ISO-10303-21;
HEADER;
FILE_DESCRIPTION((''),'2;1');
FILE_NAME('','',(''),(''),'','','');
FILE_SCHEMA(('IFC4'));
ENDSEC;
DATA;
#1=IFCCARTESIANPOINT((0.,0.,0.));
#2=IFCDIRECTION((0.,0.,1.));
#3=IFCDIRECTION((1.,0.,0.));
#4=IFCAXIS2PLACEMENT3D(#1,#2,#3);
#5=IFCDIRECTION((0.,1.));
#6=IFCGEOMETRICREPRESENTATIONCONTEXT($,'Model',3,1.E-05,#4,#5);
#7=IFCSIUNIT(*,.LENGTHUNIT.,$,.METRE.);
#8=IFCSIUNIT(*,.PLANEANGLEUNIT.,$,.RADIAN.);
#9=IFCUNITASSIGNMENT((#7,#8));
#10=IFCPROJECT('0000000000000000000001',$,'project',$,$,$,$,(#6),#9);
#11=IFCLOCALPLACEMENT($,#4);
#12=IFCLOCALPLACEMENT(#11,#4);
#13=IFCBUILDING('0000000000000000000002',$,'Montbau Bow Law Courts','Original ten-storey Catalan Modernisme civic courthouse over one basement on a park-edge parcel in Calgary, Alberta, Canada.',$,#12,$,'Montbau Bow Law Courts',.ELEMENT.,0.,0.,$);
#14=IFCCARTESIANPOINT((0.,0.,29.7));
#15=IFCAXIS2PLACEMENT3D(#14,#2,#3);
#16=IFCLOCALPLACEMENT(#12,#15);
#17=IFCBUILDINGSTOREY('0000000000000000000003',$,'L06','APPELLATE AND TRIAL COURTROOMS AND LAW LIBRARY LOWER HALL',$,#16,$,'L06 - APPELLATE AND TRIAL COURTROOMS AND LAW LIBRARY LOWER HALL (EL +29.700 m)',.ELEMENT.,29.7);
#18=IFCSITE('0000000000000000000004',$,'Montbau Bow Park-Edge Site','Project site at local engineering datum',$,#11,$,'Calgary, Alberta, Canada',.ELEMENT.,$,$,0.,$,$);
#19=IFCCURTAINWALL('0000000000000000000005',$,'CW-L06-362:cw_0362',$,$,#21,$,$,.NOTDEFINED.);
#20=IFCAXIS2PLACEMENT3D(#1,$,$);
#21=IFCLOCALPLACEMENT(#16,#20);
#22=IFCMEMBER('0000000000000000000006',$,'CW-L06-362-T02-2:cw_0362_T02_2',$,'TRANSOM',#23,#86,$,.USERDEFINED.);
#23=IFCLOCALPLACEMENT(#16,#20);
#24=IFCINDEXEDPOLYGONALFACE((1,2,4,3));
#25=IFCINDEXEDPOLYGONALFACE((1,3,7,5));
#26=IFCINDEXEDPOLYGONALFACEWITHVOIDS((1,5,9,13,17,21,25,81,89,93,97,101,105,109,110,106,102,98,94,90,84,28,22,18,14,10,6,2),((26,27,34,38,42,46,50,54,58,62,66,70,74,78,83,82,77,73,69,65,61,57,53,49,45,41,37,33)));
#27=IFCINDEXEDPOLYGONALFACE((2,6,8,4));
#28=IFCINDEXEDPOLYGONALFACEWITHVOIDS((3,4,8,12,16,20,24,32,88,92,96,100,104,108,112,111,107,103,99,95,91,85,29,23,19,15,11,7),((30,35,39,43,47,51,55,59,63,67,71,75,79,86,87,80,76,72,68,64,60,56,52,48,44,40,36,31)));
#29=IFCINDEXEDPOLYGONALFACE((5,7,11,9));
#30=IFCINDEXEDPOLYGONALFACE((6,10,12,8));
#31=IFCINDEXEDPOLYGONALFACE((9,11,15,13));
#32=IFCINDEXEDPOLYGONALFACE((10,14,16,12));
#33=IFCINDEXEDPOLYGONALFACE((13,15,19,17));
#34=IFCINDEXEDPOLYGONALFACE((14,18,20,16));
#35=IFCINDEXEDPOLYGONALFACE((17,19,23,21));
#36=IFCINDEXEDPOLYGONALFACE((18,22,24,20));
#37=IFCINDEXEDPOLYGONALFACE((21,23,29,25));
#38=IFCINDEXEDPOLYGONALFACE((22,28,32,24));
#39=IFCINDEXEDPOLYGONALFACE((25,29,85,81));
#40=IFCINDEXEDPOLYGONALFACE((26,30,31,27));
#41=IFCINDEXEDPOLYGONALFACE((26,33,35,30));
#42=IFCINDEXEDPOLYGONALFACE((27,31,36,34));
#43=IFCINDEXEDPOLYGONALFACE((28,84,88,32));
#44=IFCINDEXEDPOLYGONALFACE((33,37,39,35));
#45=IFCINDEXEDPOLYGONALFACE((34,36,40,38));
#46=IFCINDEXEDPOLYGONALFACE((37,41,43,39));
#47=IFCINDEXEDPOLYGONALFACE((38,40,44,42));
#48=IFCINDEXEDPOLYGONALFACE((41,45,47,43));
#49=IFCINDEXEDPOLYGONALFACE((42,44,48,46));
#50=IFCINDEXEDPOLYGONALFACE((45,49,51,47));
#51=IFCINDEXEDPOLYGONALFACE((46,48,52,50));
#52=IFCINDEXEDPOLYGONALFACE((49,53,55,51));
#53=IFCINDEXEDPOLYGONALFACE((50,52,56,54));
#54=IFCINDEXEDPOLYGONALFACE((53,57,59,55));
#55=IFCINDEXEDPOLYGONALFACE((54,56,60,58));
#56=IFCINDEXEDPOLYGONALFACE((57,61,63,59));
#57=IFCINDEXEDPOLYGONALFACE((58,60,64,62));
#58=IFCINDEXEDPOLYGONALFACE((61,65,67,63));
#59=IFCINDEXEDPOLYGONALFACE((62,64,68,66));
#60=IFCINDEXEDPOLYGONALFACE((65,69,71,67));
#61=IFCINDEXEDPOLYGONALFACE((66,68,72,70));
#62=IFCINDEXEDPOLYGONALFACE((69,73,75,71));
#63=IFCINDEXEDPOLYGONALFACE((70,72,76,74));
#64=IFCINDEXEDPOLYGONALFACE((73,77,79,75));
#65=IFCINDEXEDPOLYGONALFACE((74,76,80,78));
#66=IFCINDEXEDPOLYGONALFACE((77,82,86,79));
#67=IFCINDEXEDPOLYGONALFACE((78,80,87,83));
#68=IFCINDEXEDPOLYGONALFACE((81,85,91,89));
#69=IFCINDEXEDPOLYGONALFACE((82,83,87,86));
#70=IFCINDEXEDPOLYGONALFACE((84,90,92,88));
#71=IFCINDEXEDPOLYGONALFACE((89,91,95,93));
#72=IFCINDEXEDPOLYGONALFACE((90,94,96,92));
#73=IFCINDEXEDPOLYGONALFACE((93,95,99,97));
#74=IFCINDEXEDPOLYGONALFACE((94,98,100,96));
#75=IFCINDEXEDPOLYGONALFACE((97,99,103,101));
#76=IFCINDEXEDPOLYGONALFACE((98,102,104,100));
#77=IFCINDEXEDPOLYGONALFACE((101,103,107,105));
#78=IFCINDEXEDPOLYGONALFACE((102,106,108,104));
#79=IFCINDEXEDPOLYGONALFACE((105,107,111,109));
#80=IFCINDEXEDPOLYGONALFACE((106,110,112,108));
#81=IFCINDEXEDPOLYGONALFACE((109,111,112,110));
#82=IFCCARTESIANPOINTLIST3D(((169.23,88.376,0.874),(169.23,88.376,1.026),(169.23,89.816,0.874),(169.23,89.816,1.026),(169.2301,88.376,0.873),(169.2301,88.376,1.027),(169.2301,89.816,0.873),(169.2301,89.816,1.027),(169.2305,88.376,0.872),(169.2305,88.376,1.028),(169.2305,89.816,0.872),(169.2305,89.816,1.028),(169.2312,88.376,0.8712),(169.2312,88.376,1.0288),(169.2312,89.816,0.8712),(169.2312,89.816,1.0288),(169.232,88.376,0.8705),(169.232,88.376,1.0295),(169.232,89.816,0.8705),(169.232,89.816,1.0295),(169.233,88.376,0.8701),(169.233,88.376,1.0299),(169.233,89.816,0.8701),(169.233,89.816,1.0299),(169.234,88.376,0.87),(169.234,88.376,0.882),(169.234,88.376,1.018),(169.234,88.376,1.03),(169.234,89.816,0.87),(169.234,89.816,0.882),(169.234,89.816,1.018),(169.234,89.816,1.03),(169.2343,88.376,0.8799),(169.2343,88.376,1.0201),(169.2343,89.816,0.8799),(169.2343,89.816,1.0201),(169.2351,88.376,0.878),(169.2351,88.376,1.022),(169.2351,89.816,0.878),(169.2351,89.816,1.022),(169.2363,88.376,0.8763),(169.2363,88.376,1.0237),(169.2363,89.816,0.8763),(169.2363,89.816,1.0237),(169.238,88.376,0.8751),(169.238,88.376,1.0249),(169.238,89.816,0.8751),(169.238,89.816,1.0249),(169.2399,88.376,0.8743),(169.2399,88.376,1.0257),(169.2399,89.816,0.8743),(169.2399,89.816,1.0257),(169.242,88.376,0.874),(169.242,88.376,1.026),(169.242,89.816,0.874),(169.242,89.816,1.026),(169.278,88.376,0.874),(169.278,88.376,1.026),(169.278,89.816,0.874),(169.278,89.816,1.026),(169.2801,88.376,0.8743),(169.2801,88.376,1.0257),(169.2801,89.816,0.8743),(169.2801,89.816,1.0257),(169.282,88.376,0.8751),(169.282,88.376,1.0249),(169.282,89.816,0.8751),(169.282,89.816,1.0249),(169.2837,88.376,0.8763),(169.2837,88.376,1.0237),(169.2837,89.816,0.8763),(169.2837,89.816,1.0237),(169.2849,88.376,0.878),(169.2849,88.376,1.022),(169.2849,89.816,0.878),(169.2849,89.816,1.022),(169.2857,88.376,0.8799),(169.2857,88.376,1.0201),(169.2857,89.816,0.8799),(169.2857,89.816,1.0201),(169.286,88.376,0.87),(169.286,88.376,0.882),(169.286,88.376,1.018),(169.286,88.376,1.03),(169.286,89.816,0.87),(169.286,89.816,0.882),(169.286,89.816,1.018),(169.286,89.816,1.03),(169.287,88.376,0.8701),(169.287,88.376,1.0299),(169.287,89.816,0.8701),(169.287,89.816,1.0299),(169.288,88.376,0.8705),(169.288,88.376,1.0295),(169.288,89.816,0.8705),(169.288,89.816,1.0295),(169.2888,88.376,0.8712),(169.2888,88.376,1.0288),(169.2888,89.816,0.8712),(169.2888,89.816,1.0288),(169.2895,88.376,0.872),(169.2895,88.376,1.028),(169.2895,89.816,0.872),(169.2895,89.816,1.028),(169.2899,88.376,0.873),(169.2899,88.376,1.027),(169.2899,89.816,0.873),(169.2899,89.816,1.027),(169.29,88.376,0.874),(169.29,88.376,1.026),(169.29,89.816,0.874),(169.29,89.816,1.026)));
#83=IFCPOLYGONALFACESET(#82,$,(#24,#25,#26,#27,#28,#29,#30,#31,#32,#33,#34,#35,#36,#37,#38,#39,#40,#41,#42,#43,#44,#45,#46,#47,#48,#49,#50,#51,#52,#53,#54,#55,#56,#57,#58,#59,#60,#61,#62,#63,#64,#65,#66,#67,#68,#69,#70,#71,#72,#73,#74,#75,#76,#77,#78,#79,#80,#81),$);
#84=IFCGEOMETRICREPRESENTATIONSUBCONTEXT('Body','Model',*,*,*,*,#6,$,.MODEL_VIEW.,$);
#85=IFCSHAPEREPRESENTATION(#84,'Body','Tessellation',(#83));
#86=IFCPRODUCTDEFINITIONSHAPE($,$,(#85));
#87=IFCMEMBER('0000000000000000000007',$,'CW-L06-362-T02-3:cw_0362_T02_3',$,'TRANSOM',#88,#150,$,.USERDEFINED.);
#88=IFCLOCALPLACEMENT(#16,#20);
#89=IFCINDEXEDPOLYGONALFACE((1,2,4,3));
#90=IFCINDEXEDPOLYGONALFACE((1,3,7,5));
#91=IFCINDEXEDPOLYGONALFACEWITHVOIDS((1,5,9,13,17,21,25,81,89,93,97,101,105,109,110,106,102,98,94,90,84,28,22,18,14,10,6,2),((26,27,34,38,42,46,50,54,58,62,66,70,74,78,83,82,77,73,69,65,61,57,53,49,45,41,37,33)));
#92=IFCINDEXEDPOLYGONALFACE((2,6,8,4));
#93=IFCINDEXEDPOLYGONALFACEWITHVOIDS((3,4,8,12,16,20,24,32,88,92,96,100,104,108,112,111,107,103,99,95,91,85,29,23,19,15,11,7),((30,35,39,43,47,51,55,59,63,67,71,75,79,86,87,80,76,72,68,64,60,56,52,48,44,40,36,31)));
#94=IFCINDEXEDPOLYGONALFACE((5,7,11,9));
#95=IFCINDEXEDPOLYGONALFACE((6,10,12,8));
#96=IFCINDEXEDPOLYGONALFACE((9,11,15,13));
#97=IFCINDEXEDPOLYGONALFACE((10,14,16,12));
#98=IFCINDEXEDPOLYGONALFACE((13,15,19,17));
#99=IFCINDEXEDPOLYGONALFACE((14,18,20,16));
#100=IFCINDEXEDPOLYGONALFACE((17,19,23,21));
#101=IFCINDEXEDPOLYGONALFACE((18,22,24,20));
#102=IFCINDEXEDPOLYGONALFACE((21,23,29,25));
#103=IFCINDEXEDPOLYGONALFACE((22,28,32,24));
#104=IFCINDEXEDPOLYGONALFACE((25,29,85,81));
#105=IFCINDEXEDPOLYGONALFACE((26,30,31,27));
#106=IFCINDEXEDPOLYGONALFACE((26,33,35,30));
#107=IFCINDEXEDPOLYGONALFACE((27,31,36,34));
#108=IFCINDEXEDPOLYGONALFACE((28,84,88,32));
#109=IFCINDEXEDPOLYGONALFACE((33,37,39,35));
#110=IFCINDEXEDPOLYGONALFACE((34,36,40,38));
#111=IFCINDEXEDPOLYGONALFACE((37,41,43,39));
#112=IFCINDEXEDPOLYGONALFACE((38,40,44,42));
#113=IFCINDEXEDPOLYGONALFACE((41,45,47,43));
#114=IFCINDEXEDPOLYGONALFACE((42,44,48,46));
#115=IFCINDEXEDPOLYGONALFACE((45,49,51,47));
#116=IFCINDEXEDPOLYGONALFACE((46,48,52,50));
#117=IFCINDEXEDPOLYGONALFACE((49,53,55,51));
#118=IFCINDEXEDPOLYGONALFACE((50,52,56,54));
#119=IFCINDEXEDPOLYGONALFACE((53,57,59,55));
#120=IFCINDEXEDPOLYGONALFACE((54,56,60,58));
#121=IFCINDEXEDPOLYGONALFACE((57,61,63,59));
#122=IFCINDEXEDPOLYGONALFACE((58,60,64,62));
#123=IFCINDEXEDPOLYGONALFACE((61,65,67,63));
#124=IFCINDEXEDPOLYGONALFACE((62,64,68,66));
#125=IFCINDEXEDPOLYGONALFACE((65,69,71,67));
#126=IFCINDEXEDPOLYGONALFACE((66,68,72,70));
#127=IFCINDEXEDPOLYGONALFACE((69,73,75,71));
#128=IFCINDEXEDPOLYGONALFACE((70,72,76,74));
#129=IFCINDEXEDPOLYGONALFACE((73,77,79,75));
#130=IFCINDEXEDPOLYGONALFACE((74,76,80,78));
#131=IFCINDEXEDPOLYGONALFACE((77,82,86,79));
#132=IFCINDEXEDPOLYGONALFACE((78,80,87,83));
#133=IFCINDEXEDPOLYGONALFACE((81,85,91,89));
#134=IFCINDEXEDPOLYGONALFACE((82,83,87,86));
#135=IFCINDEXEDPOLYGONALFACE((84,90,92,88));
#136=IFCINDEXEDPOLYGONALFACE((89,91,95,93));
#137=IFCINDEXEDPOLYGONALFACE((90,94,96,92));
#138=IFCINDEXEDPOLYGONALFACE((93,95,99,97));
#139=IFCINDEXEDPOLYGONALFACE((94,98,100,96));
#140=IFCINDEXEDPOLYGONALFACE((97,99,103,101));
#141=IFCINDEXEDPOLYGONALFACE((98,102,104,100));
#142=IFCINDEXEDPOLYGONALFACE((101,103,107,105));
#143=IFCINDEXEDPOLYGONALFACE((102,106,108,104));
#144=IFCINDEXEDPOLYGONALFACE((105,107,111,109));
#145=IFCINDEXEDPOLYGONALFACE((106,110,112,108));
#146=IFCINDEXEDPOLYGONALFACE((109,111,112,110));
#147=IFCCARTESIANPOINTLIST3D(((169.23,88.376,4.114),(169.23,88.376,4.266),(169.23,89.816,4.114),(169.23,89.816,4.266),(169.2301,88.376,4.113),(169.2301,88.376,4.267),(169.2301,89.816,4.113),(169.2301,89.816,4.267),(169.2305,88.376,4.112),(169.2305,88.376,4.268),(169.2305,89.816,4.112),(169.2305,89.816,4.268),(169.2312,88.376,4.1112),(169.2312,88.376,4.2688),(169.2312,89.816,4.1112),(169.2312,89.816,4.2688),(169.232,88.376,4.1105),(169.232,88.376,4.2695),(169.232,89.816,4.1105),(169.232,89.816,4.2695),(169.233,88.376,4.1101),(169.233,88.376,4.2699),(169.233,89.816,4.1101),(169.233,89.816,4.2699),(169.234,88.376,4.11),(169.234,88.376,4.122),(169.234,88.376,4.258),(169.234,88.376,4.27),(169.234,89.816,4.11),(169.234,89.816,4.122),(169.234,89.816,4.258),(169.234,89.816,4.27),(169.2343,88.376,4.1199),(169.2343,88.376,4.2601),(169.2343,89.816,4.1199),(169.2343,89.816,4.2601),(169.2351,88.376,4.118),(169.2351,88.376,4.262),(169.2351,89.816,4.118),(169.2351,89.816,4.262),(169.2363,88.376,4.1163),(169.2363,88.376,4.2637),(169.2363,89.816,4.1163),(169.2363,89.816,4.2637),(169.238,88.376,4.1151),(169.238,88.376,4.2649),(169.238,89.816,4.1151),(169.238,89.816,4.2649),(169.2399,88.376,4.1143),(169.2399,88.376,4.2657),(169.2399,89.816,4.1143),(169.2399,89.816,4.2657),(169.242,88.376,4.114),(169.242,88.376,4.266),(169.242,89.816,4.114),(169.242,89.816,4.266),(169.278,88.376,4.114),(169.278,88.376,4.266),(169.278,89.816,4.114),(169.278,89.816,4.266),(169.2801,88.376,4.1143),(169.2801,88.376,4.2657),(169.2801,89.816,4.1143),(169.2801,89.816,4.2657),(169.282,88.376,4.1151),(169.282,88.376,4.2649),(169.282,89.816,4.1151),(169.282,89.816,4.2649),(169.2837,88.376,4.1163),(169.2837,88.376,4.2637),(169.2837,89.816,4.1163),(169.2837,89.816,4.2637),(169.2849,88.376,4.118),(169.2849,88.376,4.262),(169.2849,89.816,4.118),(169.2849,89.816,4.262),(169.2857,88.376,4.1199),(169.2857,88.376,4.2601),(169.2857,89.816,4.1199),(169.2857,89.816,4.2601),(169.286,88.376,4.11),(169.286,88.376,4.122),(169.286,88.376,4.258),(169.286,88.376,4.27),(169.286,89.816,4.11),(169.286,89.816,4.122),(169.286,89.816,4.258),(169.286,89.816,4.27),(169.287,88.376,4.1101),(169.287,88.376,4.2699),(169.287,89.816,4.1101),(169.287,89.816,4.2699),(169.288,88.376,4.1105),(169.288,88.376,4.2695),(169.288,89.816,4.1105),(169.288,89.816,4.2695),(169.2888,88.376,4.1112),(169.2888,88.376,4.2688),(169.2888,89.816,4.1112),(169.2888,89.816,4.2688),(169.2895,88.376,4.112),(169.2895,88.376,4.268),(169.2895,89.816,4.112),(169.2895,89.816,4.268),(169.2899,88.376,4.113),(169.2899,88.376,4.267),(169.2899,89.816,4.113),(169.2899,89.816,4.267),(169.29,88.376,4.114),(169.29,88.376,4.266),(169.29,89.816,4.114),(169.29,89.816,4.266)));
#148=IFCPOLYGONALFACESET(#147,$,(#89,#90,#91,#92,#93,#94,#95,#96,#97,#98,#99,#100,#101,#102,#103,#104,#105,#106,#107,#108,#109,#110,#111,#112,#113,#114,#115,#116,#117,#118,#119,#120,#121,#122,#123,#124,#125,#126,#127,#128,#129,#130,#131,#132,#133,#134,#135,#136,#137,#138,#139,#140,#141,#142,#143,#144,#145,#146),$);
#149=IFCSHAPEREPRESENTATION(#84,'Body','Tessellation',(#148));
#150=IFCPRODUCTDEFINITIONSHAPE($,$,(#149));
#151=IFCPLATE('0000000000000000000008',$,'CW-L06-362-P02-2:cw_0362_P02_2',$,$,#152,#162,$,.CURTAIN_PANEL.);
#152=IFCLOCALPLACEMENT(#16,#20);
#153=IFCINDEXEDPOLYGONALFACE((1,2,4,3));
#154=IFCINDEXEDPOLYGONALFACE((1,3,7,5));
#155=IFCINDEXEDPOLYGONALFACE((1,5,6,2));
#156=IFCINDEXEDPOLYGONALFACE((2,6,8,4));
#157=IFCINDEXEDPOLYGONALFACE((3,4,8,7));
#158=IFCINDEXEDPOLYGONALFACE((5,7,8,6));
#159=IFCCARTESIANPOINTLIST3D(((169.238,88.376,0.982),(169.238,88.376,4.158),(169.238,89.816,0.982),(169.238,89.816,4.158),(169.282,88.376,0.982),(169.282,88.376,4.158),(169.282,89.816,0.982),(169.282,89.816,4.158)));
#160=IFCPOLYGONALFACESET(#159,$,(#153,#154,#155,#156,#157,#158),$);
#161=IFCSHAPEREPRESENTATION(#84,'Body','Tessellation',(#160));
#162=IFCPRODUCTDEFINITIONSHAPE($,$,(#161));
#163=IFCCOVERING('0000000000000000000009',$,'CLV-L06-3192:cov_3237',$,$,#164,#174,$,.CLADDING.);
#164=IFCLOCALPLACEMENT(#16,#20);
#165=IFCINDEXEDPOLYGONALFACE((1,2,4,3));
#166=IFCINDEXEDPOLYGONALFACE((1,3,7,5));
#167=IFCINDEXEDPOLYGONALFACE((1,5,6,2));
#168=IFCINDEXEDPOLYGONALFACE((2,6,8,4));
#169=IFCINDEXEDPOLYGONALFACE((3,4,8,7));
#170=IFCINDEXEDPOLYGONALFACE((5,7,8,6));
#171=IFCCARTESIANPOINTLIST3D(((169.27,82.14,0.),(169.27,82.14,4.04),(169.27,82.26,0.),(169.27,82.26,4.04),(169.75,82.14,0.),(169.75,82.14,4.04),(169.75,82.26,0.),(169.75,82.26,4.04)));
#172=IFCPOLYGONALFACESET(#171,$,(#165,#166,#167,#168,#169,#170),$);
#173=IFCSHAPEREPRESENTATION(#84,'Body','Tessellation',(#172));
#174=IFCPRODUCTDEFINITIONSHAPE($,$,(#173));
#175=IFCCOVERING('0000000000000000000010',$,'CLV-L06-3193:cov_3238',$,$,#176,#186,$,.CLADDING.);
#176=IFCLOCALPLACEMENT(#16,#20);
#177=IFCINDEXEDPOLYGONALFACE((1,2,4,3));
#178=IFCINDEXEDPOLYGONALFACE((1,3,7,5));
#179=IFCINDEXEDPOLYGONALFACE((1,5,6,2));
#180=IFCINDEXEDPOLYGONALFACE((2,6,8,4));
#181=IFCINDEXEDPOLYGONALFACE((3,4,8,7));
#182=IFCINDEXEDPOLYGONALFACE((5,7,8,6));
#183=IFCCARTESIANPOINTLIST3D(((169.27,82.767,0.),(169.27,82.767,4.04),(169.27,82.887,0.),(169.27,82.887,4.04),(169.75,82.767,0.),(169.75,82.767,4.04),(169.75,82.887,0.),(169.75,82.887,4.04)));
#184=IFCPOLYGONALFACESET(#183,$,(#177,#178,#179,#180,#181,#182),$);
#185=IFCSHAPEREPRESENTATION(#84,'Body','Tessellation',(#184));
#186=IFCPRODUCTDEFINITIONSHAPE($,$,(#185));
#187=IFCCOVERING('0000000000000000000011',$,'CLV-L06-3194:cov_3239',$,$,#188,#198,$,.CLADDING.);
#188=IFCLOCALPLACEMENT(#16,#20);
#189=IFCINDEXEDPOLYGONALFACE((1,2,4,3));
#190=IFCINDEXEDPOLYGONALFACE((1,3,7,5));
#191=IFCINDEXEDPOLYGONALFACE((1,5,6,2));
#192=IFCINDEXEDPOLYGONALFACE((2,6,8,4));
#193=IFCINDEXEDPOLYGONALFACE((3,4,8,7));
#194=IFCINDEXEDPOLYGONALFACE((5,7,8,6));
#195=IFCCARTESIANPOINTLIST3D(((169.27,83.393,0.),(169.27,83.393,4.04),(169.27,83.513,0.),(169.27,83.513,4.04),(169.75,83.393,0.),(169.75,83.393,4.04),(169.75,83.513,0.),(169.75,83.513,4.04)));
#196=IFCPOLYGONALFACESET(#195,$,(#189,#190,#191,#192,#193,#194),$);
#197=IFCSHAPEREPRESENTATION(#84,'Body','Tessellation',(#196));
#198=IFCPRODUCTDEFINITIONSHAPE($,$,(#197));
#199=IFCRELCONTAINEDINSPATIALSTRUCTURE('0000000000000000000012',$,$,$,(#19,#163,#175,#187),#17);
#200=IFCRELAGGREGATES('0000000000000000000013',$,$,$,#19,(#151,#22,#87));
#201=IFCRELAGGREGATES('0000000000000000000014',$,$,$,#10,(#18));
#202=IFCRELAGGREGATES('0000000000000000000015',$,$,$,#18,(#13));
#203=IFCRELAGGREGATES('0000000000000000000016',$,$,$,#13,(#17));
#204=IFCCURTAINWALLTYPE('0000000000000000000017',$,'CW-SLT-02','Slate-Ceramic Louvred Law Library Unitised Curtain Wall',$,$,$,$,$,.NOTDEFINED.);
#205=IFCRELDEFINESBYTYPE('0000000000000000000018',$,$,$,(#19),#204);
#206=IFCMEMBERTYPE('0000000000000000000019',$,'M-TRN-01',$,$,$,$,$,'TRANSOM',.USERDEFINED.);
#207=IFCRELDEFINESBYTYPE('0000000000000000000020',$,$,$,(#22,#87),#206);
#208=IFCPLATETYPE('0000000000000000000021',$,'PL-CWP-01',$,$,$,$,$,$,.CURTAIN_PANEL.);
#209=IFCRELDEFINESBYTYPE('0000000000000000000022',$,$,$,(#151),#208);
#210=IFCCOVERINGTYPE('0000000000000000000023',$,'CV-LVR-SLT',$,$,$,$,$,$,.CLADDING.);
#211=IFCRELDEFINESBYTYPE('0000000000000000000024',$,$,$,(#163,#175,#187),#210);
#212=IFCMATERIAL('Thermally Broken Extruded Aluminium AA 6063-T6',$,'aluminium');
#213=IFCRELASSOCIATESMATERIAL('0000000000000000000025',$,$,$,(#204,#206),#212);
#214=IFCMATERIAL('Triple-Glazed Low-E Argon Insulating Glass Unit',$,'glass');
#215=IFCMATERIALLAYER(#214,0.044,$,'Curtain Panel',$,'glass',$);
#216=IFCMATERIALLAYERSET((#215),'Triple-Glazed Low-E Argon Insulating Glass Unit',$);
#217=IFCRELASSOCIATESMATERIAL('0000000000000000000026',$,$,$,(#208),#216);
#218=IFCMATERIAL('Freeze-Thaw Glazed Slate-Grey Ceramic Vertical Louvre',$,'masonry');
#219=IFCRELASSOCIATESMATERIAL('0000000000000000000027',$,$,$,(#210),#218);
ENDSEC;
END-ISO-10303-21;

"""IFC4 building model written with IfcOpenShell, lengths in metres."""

from ifc_helpers import new_model, si_unit, direction, frame, frame_2d, origin_with_axes, origin_2d_with_axis, place, context, subcontext, project, spatial, rectangle, hollow_rectangle, extrude, material, layer, layer_set, material_profile, profile_set, type_object, element, aggregate, save


model = new_model("IFC4")

# Units and contexts
model_context = context("Model", 3, precision=1e-05, world=origin_with_axes(), true_north=direction((0.0, 1.0)))
body_context = subcontext(model_context, "Body", "Model", "MODEL_VIEW")
ifc_project = project(units=[si_unit("LENGTHUNIT", "METRE"), si_unit("PLANEANGLEUNIT", "RADIAN")], contexts=[model_context])

# Site, building, storey
site_placement = place(None, origin_with_axes())
site = spatial("IfcSite", under=ifc_project, at=site_placement, Name="Montbau Bow Park-Edge Site", Description="Project site at local engineering datum", LongName="Calgary, Alberta, Canada", CompositionType="ELEMENT", RefElevation=0.0)
building_placement = place(site_placement, origin_with_axes())
building = spatial("IfcBuilding", under=site, at=building_placement, Name="Montbau Bow Law Courts", Description="Original ten-storey Catalan Modernisme civic courthouse over one basement on a park-edge parcel in Calgary, Alberta, Canada.", LongName="Montbau Bow Law Courts", CompositionType="ELEMENT", ElevationOfRefHeight=0.0, ElevationOfTerrain=0.0)
storey_placement = place(building_placement, frame((0.0, 0.0, 29.7), z_axis=(0.0, 0.0, 1.0), x_axis=(1.0, 0.0, 0.0)))
storey = spatial("IfcBuildingStorey", under=building, at=storey_placement, Name="L06", Description="APPELLATE AND TRIAL COURTROOMS AND LAW LIBRARY LOWER HALL", LongName="L06 - APPELLATE AND TRIAL COURTROOMS AND LAW LIBRARY LOWER HALL (EL +29.700 m)", CompositionType="ELEMENT", Elevation=29.7)

# Curtain wall, members, plate
ifc_material_1 = material(Name="Thermally Broken Extruded Aluminium AA 6063-T6", Category="aluminium")
curtain_wall_type = type_object("IfcCurtainWallType", Name="CW-SLT-02", Description="Slate-Ceramic Louvred Law Library Unitised Curtain Wall", PredefinedType="NOTDEFINED", material=ifc_material_1)
curtain_wall_placement = place(None, frame((169.26, 86.84, 29.7), z_axis=(0.0, 0.0, 1.0), x_axis=(1.0, 0.0, 0.0)))
curtain_wall = element("IfcCurtainWall", 1, at=curtain_wall_placement, inside=storey, type_object=curtain_wall_type, Name="CW-L06-362:cw_0362", PredefinedType="NOTDEFINED")
ifc_material_profile_1 = material_profile(ifc_material_1, hollow_rectangle(XDim=0.06, YDim=0.16, WallThickness=0.004, InnerFilletRadius=0.008, OuterFilletRadius=0.004, at=origin_2d_with_axis()), Name="CWT-160X60", Category="Main", Priority=0)
ifc_profile_set_1 = profile_set([ifc_material_profile_1], Name="Thermally Broken Extruded Aluminium AA 6063-T6")
member_type = type_object("IfcMemberType", Name="M-TRN-01", ElementType="TRANSOM", PredefinedType="USERDEFINED", material=ifc_profile_set_1)
member_1_placement = place(None, frame((169.26, 88.376, 30.65), z_axis=(0.0, 1.0, 0.0), x_axis=(-1.0, 0.0, 0.0)))
member_1 = element("IfcMember", 2, at=member_1_placement, type_object=member_type, Name="CW-L06-362-T02-2:cw_0362_T02_2", ObjectType="TRANSOM", PredefinedType="USERDEFINED", context=body_context, shape_type="SweptSolid", body=[
    extrude(hollow_rectangle(XDim=0.06, YDim=0.16, WallThickness=0.004, InnerFilletRadius=0.008, OuterFilletRadius=0.004, at=origin_2d_with_axis()), origin_with_axes(), (0.0, 0.0, 1.0), 1.44),
])
member_2_placement = place(None, frame((169.26, 88.376, 33.89), z_axis=(0.0, 1.0, 0.0), x_axis=(-1.0, 0.0, 0.0)))
member_2 = element("IfcMember", 3, at=member_2_placement, type_object=member_type, Name="CW-L06-362-T02-3:cw_0362_T02_3", ObjectType="TRANSOM", PredefinedType="USERDEFINED", context=body_context, shape_type="SweptSolid", body=[
    extrude(hollow_rectangle(XDim=0.06, YDim=0.16, WallThickness=0.004, InnerFilletRadius=0.008, OuterFilletRadius=0.004, at=origin_2d_with_axis()), origin_with_axes(), (0.0, 0.0, 1.0), 1.44),
])
ifc_material_2 = material(Name="Triple-Glazed Low-E Argon Insulating Glass Unit", Category="glass")
ifc_layer = layer(ifc_material_2, 0.044, Name="Curtain Panel", Category="glass")
ifc_layer_set = layer_set([ifc_layer], Name="Triple-Glazed Low-E Argon Insulating Glass Unit")
plate_type = type_object("IfcPlateType", Name="PL-CWP-01", PredefinedType="CURTAIN_PANEL", material=ifc_layer_set)
plate_placement = place(None, frame((169.26, 88.376, 30.682), z_axis=(1.0, 0.0, 0.0), x_axis=(0.0, 1.0, 0.0)))
plate = element("IfcPlate", 4, at=plate_placement, type_object=plate_type, Name="CW-L06-362-P02-2:cw_0362_P02_2", PredefinedType="CURTAIN_PANEL", context=body_context, shape_type="SweptSolid", body=[
    extrude(rectangle(XDim=1.44, YDim=3.176, at=frame_2d((0.72, 1.588), x_axis=(1.0, 0.0))), frame((0.0, 0.0, -0.022), z_axis=(0.0, 0.0, 1.0), x_axis=(1.0, 0.0, 0.0)), (0.0, 0.0, 1.0), 0.044),
])
aggregate(curtain_wall, [plate, member_1, member_2])

# Coverings
ifc_material_3 = material(Name="Freeze-Thaw Glazed Slate-Grey Ceramic Vertical Louvre", Category="masonry")
covering_type = type_object("IfcCoveringType", Name="CV-LVR-SLT", PredefinedType="CLADDING", material=ifc_material_3)
for number, where, z_axis, x_axis, name in (
    (5, (169.27, 82.2, 29.7), (0.0, -1.0, 0.0), (1.0, 0.0, 0.0), "CLV-L06-3192:cov_3237"),
    (6, (169.27, 82.827, 29.7), (0.0, -1.0, 0.0), (1.0, 0.0, 0.0), "CLV-L06-3193:cov_3238"),
    (7, (169.27, 83.453, 29.7), (0.0, -1.0, 0.0), (1.0, 0.0, 0.0), "CLV-L06-3194:cov_3239"),
):
    element("IfcCovering", number, at=place(None, frame(where, z_axis=z_axis, x_axis=x_axis)), inside=storey, type_object=covering_type, Name=name, PredefinedType="CLADDING", context=body_context, shape_type="SweptSolid", body=[
        extrude(rectangle(XDim=0.48, YDim=4.04, at=frame_2d((0.24, 2.02), x_axis=(1.0, 0.0))), frame((0.0, 0.0, -0.06), z_axis=(0.0, 0.0, 1.0), x_axis=(1.0, 0.0, 0.0)), (0.0, 0.0, 1.0), 0.12),
    ])

save(model, "model.ifc")
